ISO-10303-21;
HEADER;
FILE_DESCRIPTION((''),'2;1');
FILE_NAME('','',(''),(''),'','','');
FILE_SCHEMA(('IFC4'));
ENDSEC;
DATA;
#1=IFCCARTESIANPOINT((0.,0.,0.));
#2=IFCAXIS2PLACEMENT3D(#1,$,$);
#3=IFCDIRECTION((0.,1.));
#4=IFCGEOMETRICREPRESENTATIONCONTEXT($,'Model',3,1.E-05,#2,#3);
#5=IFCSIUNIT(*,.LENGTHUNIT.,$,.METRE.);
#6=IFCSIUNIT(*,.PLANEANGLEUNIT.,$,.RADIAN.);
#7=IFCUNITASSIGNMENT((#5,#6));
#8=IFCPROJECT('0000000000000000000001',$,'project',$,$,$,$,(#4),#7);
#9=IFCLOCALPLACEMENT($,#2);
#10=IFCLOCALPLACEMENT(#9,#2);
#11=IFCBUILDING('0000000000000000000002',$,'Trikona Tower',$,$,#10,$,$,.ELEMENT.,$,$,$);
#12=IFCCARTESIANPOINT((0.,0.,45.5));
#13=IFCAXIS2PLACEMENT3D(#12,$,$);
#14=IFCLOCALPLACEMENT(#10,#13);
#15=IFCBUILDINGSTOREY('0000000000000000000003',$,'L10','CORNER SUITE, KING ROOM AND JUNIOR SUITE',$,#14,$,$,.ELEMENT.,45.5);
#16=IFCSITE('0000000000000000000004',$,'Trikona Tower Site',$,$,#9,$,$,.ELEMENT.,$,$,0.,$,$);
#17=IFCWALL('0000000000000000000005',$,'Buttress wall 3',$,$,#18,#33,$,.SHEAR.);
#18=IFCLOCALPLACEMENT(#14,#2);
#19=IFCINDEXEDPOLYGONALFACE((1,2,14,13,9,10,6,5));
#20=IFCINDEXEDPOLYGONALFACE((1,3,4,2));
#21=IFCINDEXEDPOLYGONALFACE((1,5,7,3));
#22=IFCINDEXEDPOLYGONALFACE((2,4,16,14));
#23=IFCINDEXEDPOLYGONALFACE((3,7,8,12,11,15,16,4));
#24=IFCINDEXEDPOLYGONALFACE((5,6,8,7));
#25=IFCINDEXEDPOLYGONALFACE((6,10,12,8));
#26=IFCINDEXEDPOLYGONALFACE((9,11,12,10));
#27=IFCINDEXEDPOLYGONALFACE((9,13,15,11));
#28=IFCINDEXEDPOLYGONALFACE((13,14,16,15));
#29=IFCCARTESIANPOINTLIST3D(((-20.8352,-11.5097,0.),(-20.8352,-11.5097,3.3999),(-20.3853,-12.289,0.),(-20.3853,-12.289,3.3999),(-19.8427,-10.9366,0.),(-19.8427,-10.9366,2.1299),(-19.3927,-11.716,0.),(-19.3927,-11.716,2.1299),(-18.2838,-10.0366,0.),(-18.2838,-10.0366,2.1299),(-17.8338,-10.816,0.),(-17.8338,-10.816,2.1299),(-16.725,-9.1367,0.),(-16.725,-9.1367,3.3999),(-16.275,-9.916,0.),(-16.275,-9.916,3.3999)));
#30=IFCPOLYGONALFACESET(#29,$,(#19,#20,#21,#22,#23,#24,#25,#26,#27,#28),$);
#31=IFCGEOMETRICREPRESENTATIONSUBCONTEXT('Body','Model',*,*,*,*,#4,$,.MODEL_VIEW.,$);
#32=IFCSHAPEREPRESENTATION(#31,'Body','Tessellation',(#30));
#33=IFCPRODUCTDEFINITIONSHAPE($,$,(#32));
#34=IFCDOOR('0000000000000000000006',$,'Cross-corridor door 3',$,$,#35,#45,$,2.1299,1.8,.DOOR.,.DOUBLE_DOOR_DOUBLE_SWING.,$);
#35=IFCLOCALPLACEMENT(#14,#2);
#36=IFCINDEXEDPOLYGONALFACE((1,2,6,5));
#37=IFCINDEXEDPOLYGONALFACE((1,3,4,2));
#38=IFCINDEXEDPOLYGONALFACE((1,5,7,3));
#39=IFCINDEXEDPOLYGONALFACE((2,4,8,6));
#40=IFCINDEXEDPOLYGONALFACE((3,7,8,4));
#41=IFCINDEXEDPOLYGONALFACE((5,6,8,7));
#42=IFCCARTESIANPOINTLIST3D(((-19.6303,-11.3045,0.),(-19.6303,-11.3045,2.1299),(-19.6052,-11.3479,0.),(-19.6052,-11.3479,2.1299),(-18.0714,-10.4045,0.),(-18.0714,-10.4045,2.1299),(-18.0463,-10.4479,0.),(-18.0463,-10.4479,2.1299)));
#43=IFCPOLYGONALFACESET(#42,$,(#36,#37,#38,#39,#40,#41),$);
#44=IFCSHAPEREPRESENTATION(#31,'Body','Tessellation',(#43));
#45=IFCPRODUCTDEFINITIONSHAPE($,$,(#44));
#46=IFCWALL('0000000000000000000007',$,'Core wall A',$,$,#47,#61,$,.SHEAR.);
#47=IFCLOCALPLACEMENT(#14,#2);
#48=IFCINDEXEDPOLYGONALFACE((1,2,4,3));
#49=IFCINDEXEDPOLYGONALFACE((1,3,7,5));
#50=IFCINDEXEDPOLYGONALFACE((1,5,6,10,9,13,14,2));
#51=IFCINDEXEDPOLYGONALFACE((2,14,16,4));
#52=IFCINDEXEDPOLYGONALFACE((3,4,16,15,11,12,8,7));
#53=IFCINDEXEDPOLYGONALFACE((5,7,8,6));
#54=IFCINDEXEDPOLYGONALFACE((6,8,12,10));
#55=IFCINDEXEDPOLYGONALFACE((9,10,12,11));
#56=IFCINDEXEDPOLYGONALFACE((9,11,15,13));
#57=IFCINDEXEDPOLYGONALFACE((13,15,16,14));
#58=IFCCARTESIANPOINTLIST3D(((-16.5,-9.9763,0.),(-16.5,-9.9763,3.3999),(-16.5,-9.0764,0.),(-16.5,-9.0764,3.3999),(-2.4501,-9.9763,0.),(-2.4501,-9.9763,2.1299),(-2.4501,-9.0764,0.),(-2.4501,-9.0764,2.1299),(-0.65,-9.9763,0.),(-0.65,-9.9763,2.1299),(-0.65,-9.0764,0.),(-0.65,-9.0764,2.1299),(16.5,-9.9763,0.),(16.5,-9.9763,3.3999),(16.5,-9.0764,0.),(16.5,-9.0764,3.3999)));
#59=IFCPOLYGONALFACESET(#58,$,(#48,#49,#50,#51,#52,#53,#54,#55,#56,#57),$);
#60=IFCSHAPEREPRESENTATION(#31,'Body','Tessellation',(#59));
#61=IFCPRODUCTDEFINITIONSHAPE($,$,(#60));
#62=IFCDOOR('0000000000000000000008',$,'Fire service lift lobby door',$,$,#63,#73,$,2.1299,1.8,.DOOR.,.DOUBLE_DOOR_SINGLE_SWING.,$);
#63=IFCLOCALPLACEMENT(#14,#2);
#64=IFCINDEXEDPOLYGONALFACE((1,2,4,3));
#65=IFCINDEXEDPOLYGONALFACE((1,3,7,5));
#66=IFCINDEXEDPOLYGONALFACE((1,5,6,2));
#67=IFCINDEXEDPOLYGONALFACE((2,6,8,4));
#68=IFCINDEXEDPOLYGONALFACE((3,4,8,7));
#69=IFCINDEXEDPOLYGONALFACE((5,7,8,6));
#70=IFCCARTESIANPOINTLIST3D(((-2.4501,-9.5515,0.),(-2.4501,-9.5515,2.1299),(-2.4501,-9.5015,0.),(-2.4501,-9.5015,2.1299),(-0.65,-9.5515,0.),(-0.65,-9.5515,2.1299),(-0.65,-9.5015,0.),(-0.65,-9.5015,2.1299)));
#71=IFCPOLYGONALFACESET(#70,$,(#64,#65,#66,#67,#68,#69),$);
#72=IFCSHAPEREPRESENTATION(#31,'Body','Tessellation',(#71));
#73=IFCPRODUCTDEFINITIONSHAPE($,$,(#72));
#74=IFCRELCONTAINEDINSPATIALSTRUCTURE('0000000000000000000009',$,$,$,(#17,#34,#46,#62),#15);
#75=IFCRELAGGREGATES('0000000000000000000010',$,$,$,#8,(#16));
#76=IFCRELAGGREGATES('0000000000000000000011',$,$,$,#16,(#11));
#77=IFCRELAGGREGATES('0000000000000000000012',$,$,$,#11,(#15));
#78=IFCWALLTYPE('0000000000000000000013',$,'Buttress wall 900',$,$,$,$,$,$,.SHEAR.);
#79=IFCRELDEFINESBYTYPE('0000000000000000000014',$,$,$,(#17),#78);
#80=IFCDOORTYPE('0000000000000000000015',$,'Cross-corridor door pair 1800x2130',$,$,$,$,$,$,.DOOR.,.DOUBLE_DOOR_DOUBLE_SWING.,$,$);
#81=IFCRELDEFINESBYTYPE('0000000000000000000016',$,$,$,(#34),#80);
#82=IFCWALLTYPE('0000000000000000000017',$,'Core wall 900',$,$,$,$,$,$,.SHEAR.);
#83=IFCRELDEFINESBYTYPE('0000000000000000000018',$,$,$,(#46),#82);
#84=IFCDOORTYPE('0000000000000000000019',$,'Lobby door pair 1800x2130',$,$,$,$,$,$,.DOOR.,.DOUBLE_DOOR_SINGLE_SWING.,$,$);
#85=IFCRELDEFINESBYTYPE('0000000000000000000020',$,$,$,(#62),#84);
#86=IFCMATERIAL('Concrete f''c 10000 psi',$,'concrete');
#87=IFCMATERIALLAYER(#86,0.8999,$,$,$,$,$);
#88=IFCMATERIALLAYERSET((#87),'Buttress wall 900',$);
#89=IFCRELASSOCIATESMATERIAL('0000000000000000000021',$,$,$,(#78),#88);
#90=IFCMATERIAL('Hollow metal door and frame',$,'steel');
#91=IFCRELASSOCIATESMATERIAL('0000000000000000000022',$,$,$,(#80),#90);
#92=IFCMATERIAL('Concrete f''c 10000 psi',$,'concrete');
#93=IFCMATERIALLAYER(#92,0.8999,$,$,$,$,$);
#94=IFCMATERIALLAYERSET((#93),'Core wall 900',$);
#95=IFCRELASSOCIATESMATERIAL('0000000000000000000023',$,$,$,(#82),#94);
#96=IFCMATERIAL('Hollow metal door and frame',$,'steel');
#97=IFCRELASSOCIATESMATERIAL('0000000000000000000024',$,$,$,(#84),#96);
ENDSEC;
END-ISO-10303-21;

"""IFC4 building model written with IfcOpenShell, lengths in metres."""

from ifc_helpers import new_model, si_unit, direction, frame, frame_2d, origin, place, context, subcontext, project, spatial, rectangle, extrude, material, layer, layer_set, type_object, element, fill, save


model = new_model("IFC4")

# Units and contexts
model_context = context("Model", 3, precision=1e-05, world=origin(), true_north=direction((0.0, 1.0)))
body_context = subcontext(model_context, "Body", "Model", "MODEL_VIEW")
ifc_project = project(units=[si_unit("LENGTHUNIT", "METRE"), si_unit("PLANEANGLEUNIT", "RADIAN")], contexts=[model_context])

# Site, building, storey
site_placement = place(None, origin())
site = spatial("IfcSite", under=ifc_project, at=site_placement, Name="Trikona Tower Site", CompositionType="ELEMENT", RefElevation=0.0)
building_placement = place(site_placement, origin())
building = spatial("IfcBuilding", under=site, at=building_placement, Name="Trikona Tower", CompositionType="ELEMENT")
storey_placement = place(building_placement, frame((0.0, 0.0, 45.5)))
storey = spatial("IfcBuildingStorey", under=building, at=storey_placement, Name="L10", Description="CORNER SUITE, KING ROOM AND JUNIOR SUITE", CompositionType="ELEMENT", Elevation=45.5)

# Walls, openings, doors
ifc_material_1 = material(Name="Concrete f'c 10000 psi", Category="concrete")
ifc_layer_1 = layer(ifc_material_1, 0.8999)
ifc_layer_set_1 = layer_set([ifc_layer_1], Name="Buttress wall 900")
wall_type_1 = type_object("IfcWallType", Name="Buttress wall 900", PredefinedType="SHEAR", material=ifc_layer_set_1)
wall_1_placement = place(storey_placement, frame((-16.5, -9.5264, 0.0), z_axis=(0.0, 0.0, 1.0), x_axis=(-0.866031, -0.49999, 0.0)))
wall_1 = element("IfcWall", 1, at=wall_1_placement, inside=storey, type_object=wall_type_1, Name="Buttress wall 3", PredefinedType="SHEAR", context=body_context, shape_type="SweptSolid", body=[
    extrude(rectangle(XDim=4.7461, YDim=0.8999, at=frame_2d((2.373, 0.0))), origin(), (0.0, 0.0, 1.0), 3.3999),
])
opening_1_placement = place(wall_1_placement, frame((1.8, 0.0, 0.0)))
opening_1 = element("IfcOpeningElement", 2, at=opening_1_placement, cuts=wall_1, PredefinedType="OPENING", context=body_context, shape_type="SweptSolid", body=[
    extrude(rectangle(XDim=1.8, YDim=2.1299, at=frame_2d((0.8999, 1.0649))), frame((0.0, 0.46, 0.0), z_axis=(0.0, -1.0, 0.0), x_axis=(1.0, 0.0, 0.0)), (0.0, 0.0, 1.0), 0.9199),
])
ifc_material_2 = material(Name="Hollow metal door and frame", Category="steel")
door_type_1 = type_object("IfcDoorType", Name="Cross-corridor door pair 1800x2130", OperationType="DOUBLE_DOOR_DOUBLE_SWING", PredefinedType="DOOR", material=ifc_material_2)
door_1_placement = place(opening_1_placement, origin())
door_1 = element("IfcDoor", 3, at=door_1_placement, inside=storey, type_object=door_type_1, Name="Cross-corridor door 3", OperationType="DOUBLE_DOOR_DOUBLE_SWING", OverallHeight=2.1299, OverallWidth=1.8, PredefinedType="DOOR", context=body_context, shape_type="SweptSolid", body=[
    extrude(rectangle(XDim=1.8, YDim=2.1299, at=frame_2d((0.8999, 1.0649))), frame((0.0, 0.0249, 0.0), z_axis=(0.0, -1.0, 0.0), x_axis=(1.0, 0.0, 0.0)), (0.0, 0.0, 1.0), 0.05),
])
fill(opening_1, door_1)
ifc_material_3 = material(Name="Concrete f'c 10000 psi", Category="concrete")
ifc_layer_2 = layer(ifc_material_3, 0.8999)
ifc_layer_set_2 = layer_set([ifc_layer_2], Name="Core wall 900")
wall_type_2 = type_object("IfcWallType", Name="Core wall 900", PredefinedType="SHEAR", material=ifc_layer_set_2)
wall_2_placement = place(storey_placement, frame((-16.5, -9.5264, 0.0), z_axis=(0.0, 0.0, 1.0), x_axis=(1.0, 0.0, 0.0)))
wall_2 = element("IfcWall", 4, at=wall_2_placement, inside=storey, type_object=wall_type_2, Name="Core wall A", PredefinedType="SHEAR", context=body_context, shape_type="SweptSolid", body=[
    extrude(rectangle(XDim=33.0, YDim=0.8999, at=frame_2d((16.5, 0.0))), origin(), (0.0, 0.0, 1.0), 3.3999),
])
opening_2_placement = place(wall_2_placement, frame((14.05, 0.0, 0.0)))
opening_2 = element("IfcOpeningElement", 5, at=opening_2_placement, cuts=wall_2, PredefinedType="OPENING", context=body_context, shape_type="SweptSolid", body=[
    extrude(rectangle(XDim=1.8, YDim=2.1299, at=frame_2d((0.8999, 1.0649))), frame((0.0, 0.46, 0.0), z_axis=(0.0, -1.0, 0.0), x_axis=(1.0, 0.0, 0.0)), (0.0, 0.0, 1.0), 0.9199),
])
ifc_material_4 = material(Name="Hollow metal door and frame", Category="steel")
door_type_2 = type_object("IfcDoorType", Name="Lobby door pair 1800x2130", OperationType="DOUBLE_DOOR_SINGLE_SWING", PredefinedType="DOOR", material=ifc_material_4)
door_2_placement = place(opening_2_placement, origin())
door_2 = element("IfcDoor", 6, at=door_2_placement, inside=storey, type_object=door_type_2, Name="Fire service lift lobby door", OperationType="DOUBLE_DOOR_SINGLE_SWING", OverallHeight=2.1299, OverallWidth=1.8, PredefinedType="DOOR", context=body_context, shape_type="SweptSolid", body=[
    extrude(rectangle(XDim=1.8, YDim=2.1299, at=frame_2d((0.8999, 1.0649))), frame((0.0, 0.0249, 0.0), z_axis=(0.0, -1.0, 0.0), x_axis=(1.0, 0.0, 0.0)), (0.0, 0.0, 1.0), 0.05),
])
fill(opening_2, door_2)

save(model, "model.ifc")
